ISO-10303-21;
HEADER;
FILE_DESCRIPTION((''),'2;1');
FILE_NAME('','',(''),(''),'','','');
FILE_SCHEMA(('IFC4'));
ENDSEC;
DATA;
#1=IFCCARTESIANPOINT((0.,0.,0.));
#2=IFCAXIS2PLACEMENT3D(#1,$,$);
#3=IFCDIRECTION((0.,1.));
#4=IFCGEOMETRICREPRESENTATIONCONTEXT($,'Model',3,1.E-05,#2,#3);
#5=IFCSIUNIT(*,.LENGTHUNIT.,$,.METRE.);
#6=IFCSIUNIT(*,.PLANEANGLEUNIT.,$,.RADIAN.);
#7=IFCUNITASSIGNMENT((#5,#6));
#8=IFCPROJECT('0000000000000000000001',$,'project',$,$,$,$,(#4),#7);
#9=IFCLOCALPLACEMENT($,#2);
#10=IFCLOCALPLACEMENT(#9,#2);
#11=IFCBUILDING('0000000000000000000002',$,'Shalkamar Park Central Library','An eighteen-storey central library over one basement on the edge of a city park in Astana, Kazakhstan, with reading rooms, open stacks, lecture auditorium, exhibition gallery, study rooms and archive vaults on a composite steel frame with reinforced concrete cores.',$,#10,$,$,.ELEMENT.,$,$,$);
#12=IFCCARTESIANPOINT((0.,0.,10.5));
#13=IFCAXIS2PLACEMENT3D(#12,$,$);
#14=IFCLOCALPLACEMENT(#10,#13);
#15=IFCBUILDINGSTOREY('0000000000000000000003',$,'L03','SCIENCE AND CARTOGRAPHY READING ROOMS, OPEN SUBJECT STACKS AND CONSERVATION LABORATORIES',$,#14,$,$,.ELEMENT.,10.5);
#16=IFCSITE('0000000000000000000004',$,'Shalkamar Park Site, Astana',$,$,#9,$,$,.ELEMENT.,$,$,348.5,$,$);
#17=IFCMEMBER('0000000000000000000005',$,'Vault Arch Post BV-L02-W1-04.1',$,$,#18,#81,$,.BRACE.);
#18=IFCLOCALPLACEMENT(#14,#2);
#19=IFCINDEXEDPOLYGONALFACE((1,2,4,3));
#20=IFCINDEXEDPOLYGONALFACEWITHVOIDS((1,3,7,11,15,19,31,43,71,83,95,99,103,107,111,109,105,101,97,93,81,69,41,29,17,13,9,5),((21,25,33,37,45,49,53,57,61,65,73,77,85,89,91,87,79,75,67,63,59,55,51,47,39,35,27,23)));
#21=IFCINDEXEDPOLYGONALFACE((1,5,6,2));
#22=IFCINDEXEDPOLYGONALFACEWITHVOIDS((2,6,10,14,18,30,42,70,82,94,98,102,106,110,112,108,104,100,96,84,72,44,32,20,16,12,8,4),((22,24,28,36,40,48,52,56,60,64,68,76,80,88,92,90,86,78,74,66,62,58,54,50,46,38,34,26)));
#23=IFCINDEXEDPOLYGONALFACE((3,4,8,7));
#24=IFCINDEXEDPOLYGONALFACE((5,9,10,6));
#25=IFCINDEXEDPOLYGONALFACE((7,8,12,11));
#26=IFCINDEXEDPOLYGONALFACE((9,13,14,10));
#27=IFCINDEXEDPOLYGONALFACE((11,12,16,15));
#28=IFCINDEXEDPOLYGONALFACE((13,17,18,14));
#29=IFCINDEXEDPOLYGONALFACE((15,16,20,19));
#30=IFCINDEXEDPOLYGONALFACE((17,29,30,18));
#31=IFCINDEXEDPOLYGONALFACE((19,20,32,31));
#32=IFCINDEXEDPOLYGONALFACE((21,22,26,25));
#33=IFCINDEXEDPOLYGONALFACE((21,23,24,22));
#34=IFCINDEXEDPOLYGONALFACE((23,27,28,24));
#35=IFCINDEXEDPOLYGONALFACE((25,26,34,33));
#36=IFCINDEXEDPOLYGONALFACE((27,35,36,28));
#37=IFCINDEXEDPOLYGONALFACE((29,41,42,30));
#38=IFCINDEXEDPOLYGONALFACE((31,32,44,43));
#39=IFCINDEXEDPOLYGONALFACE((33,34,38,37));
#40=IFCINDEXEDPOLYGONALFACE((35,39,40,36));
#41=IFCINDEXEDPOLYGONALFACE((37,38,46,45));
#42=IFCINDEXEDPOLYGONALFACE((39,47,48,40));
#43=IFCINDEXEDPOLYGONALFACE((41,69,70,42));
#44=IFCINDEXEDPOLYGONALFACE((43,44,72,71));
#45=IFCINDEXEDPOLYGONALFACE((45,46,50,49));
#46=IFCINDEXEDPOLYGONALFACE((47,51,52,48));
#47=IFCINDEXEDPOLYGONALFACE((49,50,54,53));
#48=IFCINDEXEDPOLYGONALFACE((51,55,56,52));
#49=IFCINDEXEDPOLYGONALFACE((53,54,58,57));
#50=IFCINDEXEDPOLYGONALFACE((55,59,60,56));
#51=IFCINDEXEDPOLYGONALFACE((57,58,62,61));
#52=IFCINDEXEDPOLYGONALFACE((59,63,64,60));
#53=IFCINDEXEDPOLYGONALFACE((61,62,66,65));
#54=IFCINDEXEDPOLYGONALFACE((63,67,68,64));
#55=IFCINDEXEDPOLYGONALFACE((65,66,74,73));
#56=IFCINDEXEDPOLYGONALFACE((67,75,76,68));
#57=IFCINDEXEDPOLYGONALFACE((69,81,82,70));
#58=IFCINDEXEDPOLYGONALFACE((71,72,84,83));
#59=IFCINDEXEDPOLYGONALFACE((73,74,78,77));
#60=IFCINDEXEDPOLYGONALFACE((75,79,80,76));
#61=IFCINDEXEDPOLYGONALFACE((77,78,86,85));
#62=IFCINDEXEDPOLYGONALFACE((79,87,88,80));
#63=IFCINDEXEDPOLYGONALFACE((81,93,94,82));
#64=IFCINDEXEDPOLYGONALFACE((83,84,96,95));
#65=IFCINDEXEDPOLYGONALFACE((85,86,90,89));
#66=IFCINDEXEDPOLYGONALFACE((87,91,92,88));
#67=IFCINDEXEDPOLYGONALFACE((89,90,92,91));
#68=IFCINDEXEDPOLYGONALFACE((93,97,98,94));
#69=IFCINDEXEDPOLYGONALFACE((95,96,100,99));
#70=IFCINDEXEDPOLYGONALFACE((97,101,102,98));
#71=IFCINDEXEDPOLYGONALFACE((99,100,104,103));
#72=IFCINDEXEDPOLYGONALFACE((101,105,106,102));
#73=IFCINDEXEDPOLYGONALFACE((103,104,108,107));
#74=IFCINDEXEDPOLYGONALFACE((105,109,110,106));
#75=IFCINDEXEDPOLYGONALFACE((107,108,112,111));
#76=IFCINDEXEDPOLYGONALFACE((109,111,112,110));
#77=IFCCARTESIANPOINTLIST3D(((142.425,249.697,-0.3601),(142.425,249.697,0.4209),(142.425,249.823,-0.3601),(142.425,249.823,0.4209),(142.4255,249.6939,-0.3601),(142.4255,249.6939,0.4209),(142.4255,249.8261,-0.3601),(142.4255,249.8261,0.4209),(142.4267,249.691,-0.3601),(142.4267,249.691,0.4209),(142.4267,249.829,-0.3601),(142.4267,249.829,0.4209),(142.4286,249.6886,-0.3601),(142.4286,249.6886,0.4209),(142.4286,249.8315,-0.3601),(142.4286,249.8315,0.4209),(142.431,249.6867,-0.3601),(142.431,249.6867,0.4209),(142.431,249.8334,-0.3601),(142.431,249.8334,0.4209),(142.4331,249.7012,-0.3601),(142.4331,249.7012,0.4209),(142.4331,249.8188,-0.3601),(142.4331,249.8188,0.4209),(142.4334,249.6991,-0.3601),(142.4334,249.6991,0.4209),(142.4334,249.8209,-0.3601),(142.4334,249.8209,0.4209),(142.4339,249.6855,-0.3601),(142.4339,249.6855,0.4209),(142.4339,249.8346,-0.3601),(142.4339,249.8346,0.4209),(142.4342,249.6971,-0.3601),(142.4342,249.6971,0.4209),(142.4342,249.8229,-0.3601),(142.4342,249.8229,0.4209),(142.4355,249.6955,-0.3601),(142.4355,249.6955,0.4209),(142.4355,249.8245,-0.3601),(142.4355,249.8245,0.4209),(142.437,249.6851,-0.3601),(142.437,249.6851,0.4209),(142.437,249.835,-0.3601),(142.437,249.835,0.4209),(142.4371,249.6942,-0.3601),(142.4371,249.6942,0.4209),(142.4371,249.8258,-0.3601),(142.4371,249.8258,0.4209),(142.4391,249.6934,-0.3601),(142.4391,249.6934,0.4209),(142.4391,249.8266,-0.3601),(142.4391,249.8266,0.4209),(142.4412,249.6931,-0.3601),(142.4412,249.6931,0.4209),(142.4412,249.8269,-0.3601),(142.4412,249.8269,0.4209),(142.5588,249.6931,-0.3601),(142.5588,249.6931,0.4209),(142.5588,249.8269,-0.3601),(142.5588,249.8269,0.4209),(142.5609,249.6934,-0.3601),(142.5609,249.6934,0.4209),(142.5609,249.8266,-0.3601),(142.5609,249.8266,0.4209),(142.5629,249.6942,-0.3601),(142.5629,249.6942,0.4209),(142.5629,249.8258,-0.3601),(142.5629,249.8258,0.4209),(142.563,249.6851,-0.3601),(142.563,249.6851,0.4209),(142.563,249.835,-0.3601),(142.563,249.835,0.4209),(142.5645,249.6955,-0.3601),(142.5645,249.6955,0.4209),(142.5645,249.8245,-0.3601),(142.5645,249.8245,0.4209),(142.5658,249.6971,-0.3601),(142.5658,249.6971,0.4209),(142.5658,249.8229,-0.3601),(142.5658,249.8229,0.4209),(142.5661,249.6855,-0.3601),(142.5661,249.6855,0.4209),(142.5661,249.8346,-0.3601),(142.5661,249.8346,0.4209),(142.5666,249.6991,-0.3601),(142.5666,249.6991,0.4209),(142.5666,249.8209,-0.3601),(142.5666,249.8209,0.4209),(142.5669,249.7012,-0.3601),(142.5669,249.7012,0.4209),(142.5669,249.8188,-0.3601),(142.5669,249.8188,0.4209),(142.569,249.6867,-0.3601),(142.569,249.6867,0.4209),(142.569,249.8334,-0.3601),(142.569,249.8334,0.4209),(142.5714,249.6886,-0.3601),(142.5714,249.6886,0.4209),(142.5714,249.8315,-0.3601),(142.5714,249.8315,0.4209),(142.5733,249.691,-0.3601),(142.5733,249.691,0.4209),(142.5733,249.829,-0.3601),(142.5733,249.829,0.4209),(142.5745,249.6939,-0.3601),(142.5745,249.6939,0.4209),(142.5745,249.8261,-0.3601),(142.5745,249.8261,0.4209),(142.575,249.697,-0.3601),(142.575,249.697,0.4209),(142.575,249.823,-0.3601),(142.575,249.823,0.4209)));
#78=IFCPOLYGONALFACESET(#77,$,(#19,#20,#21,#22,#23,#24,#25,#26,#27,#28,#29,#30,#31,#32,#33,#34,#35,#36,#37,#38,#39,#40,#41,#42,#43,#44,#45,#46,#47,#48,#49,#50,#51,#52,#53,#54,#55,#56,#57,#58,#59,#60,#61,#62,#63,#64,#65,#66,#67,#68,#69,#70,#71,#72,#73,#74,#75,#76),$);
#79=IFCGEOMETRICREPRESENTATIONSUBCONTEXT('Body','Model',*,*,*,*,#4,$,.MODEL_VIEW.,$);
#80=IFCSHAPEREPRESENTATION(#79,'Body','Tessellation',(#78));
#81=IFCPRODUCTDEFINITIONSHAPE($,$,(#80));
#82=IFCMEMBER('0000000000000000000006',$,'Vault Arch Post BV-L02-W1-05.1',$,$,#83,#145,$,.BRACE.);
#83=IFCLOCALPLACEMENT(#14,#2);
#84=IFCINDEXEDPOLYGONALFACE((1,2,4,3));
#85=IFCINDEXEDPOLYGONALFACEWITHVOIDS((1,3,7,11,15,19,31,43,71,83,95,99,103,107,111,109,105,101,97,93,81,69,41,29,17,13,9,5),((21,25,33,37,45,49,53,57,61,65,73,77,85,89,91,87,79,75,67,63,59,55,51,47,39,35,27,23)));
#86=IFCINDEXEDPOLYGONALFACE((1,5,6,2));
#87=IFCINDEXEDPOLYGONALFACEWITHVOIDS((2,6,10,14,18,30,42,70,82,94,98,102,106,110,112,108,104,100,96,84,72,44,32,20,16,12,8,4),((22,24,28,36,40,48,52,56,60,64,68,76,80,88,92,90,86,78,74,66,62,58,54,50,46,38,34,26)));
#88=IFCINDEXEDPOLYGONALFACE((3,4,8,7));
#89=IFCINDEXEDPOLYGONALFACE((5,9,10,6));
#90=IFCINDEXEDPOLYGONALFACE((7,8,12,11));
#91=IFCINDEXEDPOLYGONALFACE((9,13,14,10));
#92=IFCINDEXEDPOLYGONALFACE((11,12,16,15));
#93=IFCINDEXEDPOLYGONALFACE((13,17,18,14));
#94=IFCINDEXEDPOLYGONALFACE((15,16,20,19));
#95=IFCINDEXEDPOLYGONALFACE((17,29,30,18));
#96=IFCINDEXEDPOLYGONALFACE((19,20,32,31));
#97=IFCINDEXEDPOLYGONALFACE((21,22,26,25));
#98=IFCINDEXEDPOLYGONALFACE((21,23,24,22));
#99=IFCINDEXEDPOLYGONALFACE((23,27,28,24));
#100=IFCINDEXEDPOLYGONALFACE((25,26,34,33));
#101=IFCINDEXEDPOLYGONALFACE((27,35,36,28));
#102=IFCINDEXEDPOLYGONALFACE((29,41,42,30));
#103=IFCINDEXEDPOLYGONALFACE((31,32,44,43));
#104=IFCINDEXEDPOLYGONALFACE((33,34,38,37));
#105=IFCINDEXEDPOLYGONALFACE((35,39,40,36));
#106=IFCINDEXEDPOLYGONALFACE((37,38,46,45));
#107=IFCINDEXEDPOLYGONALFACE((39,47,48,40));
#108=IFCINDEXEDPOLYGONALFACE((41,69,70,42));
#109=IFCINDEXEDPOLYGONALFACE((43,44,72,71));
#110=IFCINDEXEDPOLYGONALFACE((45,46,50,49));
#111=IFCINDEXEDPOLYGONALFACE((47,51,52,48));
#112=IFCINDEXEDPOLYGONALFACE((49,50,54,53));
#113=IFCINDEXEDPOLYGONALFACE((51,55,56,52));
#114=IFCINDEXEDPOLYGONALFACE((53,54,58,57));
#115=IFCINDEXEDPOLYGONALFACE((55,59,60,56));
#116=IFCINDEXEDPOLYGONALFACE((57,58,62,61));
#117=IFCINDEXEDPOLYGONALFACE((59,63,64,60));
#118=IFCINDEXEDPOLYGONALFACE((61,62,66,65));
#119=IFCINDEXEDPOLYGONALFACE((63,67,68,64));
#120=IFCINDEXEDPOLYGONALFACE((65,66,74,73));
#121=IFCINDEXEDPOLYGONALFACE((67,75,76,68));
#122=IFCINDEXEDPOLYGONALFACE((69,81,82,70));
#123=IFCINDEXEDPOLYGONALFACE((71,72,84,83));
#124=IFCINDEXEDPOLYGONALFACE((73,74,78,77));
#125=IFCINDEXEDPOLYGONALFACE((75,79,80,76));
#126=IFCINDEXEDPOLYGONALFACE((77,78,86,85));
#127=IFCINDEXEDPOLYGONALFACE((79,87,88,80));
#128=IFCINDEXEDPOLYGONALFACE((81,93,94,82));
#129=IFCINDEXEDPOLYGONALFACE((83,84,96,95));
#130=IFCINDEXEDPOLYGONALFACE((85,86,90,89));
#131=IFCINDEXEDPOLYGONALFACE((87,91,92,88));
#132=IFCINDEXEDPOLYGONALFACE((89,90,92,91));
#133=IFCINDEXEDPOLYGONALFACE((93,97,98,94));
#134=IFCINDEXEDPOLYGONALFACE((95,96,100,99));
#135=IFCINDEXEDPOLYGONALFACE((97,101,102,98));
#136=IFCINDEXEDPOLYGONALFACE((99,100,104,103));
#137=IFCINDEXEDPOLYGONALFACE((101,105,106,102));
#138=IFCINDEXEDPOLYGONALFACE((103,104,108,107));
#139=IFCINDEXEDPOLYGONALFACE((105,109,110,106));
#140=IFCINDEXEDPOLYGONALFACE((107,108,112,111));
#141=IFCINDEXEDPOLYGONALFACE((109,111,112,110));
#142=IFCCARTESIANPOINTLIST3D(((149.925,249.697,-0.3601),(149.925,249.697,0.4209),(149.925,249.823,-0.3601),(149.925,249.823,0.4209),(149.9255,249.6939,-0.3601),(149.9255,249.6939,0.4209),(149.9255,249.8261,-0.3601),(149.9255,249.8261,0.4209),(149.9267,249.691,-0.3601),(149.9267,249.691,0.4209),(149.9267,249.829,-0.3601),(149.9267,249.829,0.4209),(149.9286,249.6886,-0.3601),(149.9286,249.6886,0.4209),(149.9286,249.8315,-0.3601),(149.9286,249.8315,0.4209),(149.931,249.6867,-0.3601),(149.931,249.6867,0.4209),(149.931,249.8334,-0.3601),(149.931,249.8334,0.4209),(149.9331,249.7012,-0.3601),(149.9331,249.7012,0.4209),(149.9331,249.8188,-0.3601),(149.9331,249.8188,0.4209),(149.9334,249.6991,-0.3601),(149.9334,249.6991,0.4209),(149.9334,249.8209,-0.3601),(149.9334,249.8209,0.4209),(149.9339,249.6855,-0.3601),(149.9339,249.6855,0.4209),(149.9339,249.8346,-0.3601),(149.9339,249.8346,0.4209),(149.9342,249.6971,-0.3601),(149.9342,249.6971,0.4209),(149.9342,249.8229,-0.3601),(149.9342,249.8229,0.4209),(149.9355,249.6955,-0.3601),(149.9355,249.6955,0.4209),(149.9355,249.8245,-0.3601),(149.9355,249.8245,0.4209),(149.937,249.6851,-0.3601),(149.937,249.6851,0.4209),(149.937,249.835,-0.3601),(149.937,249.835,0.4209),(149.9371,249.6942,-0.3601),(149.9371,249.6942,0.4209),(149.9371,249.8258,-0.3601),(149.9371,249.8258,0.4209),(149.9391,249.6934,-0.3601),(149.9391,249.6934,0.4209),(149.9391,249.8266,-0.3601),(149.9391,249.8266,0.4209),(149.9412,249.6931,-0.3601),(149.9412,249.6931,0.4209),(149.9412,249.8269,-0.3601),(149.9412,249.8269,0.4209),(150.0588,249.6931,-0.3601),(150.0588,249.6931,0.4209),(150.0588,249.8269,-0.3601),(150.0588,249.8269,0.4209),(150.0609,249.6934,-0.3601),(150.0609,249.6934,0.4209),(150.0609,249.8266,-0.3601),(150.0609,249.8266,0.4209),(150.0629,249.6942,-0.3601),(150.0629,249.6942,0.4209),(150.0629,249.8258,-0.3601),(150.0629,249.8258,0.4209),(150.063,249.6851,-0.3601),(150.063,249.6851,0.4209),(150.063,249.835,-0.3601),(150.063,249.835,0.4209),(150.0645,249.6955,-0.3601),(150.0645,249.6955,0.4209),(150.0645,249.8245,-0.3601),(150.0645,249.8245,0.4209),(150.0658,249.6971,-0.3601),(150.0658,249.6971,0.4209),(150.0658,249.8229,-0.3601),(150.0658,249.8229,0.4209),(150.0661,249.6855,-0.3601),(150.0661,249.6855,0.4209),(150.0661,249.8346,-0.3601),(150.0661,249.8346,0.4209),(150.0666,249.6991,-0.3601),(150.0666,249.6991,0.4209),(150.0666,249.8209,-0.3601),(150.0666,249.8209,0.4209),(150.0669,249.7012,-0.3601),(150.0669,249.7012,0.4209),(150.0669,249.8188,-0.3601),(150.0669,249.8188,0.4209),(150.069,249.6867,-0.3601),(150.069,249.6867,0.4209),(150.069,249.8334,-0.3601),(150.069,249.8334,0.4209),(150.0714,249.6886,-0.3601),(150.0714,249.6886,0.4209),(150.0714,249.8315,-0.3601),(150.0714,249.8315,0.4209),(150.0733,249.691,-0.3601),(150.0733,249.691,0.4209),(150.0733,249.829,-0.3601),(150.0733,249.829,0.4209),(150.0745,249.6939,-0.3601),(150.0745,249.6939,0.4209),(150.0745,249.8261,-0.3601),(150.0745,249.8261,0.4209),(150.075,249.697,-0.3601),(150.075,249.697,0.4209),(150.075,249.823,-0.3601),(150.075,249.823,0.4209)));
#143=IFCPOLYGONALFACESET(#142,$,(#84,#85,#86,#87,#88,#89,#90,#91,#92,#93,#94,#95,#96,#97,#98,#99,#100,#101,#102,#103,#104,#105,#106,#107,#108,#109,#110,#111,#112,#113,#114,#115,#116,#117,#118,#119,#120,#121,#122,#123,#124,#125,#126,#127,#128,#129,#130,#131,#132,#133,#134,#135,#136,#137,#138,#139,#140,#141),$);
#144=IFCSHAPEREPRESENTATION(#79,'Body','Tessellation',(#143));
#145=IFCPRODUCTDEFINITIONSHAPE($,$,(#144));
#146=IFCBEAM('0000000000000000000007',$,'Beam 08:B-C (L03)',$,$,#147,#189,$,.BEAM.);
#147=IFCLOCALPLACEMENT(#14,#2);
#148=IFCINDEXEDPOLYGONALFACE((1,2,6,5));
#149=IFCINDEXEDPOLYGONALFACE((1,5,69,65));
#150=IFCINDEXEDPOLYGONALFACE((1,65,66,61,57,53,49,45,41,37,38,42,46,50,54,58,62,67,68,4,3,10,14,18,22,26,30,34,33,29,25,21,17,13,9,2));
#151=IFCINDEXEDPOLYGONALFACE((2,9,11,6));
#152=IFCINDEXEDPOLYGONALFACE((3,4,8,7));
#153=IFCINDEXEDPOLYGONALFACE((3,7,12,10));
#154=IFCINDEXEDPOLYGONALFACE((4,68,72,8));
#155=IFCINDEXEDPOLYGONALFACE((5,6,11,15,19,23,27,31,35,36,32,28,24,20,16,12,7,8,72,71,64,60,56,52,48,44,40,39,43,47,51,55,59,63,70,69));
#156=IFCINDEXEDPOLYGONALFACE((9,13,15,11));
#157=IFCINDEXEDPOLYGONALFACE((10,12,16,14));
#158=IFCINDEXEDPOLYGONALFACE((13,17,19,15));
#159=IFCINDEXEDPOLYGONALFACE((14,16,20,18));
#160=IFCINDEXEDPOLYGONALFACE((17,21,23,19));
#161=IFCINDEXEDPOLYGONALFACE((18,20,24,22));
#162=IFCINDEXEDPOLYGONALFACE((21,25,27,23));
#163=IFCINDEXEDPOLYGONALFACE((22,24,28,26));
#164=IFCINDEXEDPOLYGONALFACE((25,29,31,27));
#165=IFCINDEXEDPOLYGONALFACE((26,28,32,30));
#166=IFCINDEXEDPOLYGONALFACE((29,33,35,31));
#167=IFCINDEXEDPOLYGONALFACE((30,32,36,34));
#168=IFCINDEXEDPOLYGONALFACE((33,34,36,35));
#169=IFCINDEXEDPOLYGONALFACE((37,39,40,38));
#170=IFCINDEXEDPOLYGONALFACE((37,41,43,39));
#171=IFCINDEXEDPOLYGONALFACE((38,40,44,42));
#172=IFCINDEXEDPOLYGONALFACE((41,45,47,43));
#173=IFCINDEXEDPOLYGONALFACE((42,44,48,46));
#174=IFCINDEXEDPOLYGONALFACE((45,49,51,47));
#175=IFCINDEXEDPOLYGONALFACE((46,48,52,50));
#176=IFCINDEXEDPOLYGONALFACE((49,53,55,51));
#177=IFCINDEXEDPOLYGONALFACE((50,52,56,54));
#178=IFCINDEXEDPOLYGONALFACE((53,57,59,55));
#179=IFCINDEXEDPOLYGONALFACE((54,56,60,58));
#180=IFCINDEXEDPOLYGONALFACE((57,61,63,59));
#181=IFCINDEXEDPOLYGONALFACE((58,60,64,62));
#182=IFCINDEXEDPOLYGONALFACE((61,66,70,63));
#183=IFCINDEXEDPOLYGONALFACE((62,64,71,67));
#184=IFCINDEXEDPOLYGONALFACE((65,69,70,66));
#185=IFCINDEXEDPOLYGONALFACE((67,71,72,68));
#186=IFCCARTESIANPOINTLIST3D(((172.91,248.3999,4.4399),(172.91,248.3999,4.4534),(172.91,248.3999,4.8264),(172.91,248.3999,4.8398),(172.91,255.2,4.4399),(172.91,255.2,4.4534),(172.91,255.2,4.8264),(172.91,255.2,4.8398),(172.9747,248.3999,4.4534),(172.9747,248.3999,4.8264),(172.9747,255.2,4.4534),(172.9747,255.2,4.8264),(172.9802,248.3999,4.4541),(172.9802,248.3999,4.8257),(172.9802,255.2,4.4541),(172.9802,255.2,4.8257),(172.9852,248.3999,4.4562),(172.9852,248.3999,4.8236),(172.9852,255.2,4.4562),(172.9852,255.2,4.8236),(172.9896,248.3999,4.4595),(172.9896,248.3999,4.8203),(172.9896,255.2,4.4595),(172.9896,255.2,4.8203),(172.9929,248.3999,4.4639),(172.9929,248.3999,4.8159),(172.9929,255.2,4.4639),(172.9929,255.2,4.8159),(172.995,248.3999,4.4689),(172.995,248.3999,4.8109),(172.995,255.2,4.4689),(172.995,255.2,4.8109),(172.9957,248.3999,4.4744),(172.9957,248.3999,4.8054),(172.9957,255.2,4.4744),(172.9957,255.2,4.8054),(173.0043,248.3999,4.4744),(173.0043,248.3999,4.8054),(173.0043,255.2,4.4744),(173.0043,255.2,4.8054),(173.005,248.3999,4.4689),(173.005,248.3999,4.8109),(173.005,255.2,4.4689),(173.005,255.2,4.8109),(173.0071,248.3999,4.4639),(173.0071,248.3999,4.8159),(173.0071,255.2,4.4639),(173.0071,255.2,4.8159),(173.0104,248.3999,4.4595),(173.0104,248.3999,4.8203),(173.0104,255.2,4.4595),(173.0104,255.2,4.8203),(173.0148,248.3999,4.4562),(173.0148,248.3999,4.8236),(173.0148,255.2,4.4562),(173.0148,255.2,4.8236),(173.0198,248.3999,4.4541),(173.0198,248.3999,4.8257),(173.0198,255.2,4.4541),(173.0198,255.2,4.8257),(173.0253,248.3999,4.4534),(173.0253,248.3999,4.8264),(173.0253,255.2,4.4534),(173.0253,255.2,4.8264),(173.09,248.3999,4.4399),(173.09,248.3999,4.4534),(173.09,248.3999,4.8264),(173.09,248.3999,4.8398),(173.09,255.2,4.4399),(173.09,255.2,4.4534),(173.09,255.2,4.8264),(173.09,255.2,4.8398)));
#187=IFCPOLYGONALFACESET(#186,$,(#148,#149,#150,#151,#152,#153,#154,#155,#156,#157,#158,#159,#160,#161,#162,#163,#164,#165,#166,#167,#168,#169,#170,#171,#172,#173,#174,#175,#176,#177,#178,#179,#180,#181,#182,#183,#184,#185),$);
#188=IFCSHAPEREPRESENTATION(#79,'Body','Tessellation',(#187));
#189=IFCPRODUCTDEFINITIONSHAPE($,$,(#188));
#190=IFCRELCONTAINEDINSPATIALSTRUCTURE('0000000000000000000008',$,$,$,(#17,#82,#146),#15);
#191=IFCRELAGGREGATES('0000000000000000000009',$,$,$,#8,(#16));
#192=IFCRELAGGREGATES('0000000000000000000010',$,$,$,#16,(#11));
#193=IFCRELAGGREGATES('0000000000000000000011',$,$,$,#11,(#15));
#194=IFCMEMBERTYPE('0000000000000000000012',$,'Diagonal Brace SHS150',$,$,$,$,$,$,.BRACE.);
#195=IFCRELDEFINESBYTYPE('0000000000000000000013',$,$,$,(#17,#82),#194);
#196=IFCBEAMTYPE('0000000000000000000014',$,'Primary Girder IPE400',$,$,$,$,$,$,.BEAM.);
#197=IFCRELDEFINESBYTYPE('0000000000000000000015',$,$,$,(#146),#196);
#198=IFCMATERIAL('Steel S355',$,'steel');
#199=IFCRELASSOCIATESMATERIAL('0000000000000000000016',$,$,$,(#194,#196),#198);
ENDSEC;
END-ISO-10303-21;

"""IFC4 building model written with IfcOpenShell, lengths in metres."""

from ifc_helpers import new_model, si_unit, direction, frame, origin, origin_2d, place, context, subcontext, project, spatial, hollow_rectangle, i_section, extrude, material, material_profile, profile_set, type_object, element, save


model = new_model("IFC4")

# Units and contexts
model_context = context("Model", 3, precision=1e-05, world=origin(), true_north=direction((0.0, 1.0)))
body_context = subcontext(model_context, "Body", "Model", "MODEL_VIEW")
ifc_project = project(units=[si_unit("LENGTHUNIT", "METRE"), si_unit("PLANEANGLEUNIT", "RADIAN")], contexts=[model_context])

# Site, building, storey
site_placement = place(None, origin())
site = spatial("IfcSite", under=ifc_project, at=site_placement, Name="Shalkamar Park Site, Astana", CompositionType="ELEMENT", RefElevation=348.5)
building_placement = place(site_placement, origin())
building = spatial("IfcBuilding", under=site, at=building_placement, Name="Shalkamar Park Central Library", Description="An eighteen-storey central library over one basement on the edge of a city park in Astana, Kazakhstan, with reading rooms, open stacks, lecture auditorium, exhibition gallery, study rooms and archive vaults on a composite steel frame with reinforced concrete cores.", CompositionType="ELEMENT")
storey_placement = place(building_placement, frame((0.0, 0.0, 10.5)))
storey = spatial("IfcBuildingStorey", under=building, at=storey_placement, Name="L03", Description="SCIENCE AND CARTOGRAPHY READING ROOMS, OPEN SUBJECT STACKS AND CONSERVATION LABORATORIES", CompositionType="ELEMENT", Elevation=10.5)

# Shared definitions
ifc_material_1 = material(Name="Steel S355", Category="steel")

# Members
ifc_material_profile_1 = material_profile(ifc_material_1, hollow_rectangle(XDim=0.1499, YDim=0.1499, WallThickness=0.0081, InnerFilletRadius=0.0081, OuterFilletRadius=0.012, at=origin_2d()), Name="SHS 150x150x8")
ifc_profile_set_1 = profile_set([ifc_material_profile_1], Name="Steel S355")
member_type_1 = type_object("IfcMemberType", Name="Diagonal Brace SHS150", PredefinedType="BRACE", material=ifc_profile_set_1)
for number, where, z_axis, x_axis, name in (
    (1, (142.5, 249.76, -0.3601), (0.0, 0.0, 1.0), (1.0, 0.0, 0.0), "Vault Arch Post BV-L02-W1-04.1"),
    (2, (150.0, 249.76, -0.3601), (0.0, 0.0, 1.0), (1.0, 0.0, 0.0), "Vault Arch Post BV-L02-W1-05.1"),
):
    element("IfcMember", number, at=place(storey_placement, frame(where, z_axis=z_axis, x_axis=x_axis)), inside=storey, type_object=member_type_1, Name=name, PredefinedType="BRACE", context=body_context, shape_type="SweptSolid", body=[
        extrude(hollow_rectangle(XDim=0.1499, YDim=0.1499, WallThickness=0.0081, InnerFilletRadius=0.0081, OuterFilletRadius=0.012, at=origin_2d()), origin(), (0.0, 0.0, 1.0), 0.781),
    ])

# Beam
ifc_material_profile_2 = material_profile(ifc_material_1, i_section(OverallWidth=0.1799, OverallDepth=0.3999, WebThickness=0.0085, FlangeThickness=0.0134, FilletRadius=0.021, at=origin_2d()), Name="IPE 400")
ifc_profile_set_2 = profile_set([ifc_material_profile_2], Name="Steel S355")
beam_type_1 = type_object("IfcBeamType", Name="Primary Girder IPE400", PredefinedType="BEAM", material=ifc_profile_set_2)
beam_1_placement = place(storey_placement, frame((173.0, 248.3999, 4.6399), z_axis=(0.0, 1.0, 0.0), x_axis=(-1.0, 0.0, 0.0)))
element("IfcBeam", 3, at=beam_1_placement, inside=storey, type_object=beam_type_1, Name="Beam 08:B-C (L03)", PredefinedType="BEAM", context=body_context, shape_type="SweptSolid", body=[
    extrude(i_section(OverallWidth=0.1799, OverallDepth=0.3999, WebThickness=0.0085, FlangeThickness=0.0134, FilletRadius=0.021, at=origin_2d()), origin(), (0.0, 0.0, 1.0), 6.8),
])

save(model, "model.ifc")
